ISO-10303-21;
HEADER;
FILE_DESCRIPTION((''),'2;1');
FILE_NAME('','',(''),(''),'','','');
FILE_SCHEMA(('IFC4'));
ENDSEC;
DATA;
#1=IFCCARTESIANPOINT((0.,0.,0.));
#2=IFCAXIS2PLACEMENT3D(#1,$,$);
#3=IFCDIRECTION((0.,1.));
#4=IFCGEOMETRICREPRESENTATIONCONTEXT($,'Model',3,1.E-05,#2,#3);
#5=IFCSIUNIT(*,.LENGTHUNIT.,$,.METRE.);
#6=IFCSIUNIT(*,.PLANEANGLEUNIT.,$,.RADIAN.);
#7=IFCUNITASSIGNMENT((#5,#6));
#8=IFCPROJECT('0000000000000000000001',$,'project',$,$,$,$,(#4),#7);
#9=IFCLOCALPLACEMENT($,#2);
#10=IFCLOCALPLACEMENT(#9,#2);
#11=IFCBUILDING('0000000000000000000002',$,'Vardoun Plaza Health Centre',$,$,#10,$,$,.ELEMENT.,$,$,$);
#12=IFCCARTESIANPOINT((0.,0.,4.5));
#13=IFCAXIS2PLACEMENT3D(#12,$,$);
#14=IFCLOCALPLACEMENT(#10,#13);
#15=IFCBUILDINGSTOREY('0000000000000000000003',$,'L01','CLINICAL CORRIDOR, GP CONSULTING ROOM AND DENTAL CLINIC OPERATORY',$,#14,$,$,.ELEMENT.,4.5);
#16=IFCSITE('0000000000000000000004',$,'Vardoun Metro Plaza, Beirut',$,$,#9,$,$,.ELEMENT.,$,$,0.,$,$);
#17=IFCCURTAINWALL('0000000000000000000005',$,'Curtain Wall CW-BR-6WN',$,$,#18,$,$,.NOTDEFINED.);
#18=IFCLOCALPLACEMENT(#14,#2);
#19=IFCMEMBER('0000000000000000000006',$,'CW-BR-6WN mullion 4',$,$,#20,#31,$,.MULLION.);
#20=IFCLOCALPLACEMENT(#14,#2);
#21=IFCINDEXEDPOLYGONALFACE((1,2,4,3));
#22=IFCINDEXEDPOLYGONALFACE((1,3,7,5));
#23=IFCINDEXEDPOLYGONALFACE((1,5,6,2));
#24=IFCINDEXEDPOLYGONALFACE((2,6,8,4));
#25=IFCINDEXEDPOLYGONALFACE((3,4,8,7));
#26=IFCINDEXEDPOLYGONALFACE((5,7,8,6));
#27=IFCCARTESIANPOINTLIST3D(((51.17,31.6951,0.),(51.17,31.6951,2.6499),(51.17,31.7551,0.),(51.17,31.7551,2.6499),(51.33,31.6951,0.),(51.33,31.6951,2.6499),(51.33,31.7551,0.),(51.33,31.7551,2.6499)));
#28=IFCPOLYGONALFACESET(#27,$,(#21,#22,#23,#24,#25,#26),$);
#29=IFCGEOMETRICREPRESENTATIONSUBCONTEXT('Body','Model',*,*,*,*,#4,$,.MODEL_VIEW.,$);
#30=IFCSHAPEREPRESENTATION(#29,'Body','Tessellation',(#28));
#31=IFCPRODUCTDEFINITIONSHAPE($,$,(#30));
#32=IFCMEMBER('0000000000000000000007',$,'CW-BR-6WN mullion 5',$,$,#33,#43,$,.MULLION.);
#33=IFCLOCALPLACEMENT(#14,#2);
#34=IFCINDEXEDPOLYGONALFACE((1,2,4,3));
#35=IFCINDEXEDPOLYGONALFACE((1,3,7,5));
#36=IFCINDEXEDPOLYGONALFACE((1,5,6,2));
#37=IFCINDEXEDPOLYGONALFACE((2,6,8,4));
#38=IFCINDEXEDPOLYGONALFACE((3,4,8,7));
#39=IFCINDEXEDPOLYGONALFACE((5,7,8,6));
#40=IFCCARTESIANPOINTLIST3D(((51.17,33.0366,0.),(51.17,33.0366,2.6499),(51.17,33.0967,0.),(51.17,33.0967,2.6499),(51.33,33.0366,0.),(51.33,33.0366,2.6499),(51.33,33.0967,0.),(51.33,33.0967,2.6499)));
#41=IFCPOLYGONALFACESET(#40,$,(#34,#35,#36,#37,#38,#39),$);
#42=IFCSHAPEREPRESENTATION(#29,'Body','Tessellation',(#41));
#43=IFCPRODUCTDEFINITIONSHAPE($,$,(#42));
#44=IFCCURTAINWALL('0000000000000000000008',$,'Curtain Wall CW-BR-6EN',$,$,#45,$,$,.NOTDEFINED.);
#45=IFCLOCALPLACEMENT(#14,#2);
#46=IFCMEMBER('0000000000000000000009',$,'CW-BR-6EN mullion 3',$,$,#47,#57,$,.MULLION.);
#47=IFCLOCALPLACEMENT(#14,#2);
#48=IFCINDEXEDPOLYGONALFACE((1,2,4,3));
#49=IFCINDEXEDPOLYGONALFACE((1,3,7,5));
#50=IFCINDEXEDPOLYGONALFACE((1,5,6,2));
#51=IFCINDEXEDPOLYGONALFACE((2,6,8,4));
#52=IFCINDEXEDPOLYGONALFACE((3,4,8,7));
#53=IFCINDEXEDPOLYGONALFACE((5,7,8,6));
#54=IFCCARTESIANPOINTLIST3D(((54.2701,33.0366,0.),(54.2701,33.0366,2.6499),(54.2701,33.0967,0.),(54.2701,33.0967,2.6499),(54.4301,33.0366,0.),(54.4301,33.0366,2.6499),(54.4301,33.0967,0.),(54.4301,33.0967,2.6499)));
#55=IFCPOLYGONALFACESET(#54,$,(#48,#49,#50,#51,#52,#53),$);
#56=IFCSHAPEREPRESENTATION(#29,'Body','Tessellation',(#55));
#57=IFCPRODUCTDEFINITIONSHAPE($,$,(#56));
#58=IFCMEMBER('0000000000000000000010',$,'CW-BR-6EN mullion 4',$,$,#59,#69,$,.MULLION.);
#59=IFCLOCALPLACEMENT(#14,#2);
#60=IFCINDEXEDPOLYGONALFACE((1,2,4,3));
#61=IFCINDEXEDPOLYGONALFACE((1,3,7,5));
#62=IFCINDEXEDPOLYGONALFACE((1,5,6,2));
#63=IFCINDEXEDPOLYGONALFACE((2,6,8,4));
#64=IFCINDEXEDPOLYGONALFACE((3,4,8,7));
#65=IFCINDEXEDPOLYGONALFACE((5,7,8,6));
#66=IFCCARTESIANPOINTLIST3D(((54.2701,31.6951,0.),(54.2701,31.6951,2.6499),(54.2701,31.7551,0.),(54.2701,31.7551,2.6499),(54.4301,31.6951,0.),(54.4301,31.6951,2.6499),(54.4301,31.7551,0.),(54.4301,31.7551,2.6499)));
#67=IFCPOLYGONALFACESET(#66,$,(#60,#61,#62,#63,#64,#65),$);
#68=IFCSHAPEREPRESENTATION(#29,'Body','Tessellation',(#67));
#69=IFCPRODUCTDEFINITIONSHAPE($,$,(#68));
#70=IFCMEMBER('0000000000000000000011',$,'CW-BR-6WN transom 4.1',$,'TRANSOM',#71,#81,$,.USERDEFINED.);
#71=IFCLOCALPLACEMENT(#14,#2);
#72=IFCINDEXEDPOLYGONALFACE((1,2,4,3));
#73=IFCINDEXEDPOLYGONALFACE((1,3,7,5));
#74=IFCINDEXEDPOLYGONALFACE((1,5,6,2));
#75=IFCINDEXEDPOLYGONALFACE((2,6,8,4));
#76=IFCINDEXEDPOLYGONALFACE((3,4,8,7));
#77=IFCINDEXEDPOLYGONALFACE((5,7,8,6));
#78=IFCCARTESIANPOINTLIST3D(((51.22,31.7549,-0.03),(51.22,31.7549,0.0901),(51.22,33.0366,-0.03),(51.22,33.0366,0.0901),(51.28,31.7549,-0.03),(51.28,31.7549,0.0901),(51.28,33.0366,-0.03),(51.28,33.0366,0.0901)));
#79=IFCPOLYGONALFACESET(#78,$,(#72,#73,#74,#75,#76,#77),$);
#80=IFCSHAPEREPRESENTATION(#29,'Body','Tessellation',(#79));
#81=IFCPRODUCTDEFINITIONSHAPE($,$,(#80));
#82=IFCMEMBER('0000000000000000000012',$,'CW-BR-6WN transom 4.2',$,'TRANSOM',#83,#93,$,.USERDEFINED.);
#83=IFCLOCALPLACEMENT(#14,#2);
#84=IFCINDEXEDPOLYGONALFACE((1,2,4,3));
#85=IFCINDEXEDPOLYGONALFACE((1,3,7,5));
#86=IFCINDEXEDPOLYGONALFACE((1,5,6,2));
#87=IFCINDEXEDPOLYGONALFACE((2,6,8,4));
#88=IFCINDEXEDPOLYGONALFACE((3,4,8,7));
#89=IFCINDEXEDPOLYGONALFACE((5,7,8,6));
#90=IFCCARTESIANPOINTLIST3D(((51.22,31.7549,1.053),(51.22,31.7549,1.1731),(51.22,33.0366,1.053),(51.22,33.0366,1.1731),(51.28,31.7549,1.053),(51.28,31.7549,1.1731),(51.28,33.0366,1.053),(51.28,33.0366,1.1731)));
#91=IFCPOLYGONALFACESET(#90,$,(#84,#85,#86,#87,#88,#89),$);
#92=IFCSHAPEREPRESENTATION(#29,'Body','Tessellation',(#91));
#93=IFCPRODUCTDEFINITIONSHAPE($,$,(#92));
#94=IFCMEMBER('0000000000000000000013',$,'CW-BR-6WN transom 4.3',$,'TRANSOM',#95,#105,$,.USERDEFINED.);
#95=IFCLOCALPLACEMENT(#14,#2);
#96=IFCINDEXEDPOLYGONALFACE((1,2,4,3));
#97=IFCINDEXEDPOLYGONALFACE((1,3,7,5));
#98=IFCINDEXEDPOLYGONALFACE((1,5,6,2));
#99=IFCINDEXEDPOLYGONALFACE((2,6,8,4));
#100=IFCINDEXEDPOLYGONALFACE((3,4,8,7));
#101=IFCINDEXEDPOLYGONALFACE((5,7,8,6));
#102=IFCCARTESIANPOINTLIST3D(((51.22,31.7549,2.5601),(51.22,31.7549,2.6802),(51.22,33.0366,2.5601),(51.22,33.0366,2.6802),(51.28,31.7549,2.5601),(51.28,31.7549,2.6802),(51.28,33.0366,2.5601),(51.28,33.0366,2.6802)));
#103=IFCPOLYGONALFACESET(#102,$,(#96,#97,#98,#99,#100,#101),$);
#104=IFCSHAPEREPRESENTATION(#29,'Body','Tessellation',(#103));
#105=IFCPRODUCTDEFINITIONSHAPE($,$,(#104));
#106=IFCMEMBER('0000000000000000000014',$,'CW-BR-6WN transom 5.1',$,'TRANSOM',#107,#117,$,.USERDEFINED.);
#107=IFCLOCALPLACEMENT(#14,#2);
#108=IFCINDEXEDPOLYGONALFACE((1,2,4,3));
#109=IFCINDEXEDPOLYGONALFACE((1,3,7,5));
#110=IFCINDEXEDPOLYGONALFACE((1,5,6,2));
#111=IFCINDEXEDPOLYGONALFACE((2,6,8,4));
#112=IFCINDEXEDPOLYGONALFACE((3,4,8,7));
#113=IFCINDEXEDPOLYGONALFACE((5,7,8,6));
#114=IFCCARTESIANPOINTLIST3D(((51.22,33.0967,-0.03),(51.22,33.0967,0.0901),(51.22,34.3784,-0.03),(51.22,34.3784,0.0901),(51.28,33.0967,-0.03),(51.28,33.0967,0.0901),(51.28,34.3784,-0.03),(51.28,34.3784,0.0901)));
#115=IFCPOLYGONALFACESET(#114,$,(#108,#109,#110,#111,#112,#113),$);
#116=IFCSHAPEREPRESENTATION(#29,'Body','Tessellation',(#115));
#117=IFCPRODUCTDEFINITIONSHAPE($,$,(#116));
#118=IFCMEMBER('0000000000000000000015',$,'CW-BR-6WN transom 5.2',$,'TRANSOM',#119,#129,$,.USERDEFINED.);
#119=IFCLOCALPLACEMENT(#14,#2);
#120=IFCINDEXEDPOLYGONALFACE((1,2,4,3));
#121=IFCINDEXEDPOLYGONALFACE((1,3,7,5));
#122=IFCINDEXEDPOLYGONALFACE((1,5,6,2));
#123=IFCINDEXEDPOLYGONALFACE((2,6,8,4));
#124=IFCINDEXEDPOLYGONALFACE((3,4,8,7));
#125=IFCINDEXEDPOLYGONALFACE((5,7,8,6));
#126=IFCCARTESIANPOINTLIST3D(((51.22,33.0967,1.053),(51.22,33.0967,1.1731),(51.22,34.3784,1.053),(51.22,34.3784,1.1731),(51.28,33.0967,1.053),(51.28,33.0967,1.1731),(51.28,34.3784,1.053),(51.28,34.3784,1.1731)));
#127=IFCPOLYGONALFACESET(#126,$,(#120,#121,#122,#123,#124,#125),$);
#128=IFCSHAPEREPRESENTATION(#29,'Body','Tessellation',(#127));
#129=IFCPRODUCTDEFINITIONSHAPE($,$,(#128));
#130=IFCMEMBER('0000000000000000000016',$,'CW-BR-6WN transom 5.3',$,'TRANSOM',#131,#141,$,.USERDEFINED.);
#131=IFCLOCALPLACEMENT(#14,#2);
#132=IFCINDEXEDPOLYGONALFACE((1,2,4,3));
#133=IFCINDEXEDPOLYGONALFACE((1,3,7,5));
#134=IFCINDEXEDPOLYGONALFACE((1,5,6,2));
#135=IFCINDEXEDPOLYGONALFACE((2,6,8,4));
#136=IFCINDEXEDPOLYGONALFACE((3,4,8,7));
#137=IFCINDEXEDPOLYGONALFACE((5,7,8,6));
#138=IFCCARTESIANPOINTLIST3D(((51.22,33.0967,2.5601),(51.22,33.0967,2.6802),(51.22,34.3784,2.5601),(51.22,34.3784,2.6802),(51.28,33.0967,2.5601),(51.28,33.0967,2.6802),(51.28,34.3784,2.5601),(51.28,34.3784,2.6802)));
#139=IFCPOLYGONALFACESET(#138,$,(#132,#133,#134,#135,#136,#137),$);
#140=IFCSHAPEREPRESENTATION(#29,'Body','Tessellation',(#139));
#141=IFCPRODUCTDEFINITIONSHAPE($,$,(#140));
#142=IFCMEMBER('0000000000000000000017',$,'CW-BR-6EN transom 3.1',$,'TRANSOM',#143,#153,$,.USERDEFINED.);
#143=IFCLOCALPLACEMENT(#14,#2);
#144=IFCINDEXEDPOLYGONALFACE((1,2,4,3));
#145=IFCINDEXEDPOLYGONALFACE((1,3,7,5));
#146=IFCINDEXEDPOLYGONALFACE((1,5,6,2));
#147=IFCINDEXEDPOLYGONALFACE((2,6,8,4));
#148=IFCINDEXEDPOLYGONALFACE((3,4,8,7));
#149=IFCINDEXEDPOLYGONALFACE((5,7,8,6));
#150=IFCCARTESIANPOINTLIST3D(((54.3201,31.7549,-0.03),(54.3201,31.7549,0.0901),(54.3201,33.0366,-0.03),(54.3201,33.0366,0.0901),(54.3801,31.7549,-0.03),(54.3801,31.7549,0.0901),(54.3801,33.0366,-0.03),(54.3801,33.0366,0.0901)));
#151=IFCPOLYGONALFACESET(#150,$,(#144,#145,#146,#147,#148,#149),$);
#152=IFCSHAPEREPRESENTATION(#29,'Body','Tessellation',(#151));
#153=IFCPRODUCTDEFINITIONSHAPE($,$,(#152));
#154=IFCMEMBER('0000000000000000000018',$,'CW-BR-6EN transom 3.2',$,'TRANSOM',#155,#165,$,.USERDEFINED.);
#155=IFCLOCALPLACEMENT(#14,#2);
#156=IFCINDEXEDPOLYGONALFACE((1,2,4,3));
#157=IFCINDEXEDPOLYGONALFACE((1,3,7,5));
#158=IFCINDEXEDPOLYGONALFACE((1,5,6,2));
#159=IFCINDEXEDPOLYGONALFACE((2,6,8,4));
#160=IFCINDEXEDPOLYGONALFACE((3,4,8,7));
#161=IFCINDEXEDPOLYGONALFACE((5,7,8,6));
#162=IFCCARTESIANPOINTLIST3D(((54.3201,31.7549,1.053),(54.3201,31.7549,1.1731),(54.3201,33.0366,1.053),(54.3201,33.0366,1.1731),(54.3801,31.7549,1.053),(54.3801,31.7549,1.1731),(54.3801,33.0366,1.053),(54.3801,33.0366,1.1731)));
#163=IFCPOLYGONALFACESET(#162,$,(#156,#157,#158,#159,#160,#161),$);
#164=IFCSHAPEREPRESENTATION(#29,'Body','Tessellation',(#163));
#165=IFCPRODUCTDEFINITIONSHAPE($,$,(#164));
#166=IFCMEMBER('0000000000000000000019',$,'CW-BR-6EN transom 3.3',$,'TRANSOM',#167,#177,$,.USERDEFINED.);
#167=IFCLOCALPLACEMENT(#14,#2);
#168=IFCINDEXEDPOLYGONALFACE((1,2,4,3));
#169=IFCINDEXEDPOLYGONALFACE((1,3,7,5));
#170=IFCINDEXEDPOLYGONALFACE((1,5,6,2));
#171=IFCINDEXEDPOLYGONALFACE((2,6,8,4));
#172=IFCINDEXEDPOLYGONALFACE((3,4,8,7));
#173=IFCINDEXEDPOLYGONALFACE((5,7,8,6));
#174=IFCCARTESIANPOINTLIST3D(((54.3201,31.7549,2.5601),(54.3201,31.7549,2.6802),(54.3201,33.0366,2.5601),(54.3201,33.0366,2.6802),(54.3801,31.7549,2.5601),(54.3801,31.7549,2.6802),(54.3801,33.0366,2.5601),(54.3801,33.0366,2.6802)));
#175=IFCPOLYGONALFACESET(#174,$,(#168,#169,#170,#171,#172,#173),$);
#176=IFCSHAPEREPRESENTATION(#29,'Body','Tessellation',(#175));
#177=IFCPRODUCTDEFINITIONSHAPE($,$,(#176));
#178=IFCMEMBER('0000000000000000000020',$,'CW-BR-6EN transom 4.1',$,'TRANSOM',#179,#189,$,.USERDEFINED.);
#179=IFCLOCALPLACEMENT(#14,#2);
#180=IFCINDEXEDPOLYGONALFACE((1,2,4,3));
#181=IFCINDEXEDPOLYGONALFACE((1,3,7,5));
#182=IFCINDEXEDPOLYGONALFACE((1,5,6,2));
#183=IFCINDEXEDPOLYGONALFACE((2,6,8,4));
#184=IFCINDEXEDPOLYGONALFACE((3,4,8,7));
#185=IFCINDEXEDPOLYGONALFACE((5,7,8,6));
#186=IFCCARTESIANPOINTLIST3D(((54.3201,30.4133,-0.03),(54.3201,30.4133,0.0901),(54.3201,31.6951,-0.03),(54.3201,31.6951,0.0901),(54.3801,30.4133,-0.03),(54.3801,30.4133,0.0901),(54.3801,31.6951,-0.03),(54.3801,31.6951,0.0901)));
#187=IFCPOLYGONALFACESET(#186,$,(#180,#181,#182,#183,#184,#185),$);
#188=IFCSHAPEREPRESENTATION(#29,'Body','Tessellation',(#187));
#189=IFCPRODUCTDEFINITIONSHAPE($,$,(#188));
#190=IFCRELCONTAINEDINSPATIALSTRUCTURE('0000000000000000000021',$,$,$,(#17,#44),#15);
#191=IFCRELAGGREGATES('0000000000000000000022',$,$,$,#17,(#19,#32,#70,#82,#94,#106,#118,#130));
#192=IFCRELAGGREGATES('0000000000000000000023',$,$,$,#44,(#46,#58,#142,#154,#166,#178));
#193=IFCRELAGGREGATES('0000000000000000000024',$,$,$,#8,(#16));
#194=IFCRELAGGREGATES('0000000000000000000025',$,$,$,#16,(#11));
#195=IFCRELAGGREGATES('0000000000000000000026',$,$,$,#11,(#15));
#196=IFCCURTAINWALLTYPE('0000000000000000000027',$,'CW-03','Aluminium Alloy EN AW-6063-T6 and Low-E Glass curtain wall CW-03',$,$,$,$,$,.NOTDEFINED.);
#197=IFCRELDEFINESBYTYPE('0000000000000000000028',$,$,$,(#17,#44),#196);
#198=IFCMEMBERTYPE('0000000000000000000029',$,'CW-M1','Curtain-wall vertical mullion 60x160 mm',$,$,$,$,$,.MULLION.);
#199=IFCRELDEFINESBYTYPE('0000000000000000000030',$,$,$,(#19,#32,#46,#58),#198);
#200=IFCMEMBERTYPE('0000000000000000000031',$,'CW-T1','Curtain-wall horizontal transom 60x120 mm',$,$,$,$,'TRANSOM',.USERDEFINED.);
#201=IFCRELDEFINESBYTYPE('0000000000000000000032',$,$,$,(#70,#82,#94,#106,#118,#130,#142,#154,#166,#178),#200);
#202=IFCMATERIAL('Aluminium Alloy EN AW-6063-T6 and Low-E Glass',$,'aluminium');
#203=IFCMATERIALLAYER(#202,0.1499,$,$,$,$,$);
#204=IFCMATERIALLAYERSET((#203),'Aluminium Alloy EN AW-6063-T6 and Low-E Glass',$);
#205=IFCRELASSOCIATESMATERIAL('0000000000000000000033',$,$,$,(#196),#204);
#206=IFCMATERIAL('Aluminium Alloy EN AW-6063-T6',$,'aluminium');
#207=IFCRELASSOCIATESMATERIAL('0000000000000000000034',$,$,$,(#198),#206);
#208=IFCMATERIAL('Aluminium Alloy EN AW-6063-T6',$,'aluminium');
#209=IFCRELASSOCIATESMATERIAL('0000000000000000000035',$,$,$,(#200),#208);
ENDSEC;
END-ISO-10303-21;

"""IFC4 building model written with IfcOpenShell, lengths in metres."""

from ifc_helpers import new_model, si_unit, direction, frame, origin, origin_2d, place, context, subcontext, project, spatial, rectangle, extrude, material, layer, layer_set, material_profile, profile_set, type_object, element, aggregate, save


model = new_model("IFC4")

# Units and contexts
model_context = context("Model", 3, precision=1e-05, world=origin(), true_north=direction((0.0, 1.0)))
body_context = subcontext(model_context, "Body", "Model", "MODEL_VIEW")
ifc_project = project(units=[si_unit("LENGTHUNIT", "METRE"), si_unit("PLANEANGLEUNIT", "RADIAN")], contexts=[model_context])

# Site, building, storey
site_placement = place(None, origin())
site = spatial("IfcSite", under=ifc_project, at=site_placement, Name="Vardoun Metro Plaza, Beirut", CompositionType="ELEMENT", RefElevation=0.0)
building_placement = place(site_placement, origin())
building = spatial("IfcBuilding", under=site, at=building_placement, Name="Vardoun Plaza Health Centre", CompositionType="ELEMENT")
storey_placement = place(building_placement, frame((0.0, 0.0, 4.5)))
storey = spatial("IfcBuildingStorey", under=building, at=storey_placement, Name="L01", Description="CLINICAL CORRIDOR, GP CONSULTING ROOM AND DENTAL CLINIC OPERATORY", CompositionType="ELEMENT", Elevation=4.5)

# Curtain walls, members
ifc_material_1 = material(Name="Aluminium Alloy EN AW-6063-T6 and Low-E Glass", Category="aluminium")
ifc_layer_1 = layer(ifc_material_1, 0.1499)
ifc_layer_set_1 = layer_set([ifc_layer_1], Name="Aluminium Alloy EN AW-6063-T6 and Low-E Glass")
curtain_wall_type = type_object("IfcCurtainWallType", Name="CW-03", Description="Aluminium Alloy EN AW-6063-T6 and Low-E Glass curtain wall CW-03", PredefinedType="NOTDEFINED", material=ifc_layer_set_1)
curtain_wall_1_placement = place(storey_placement, origin())
curtain_wall_1 = element("IfcCurtainWall", 1, at=curtain_wall_1_placement, inside=storey, type_object=curtain_wall_type, Name="Curtain Wall CW-BR-6WN", PredefinedType="NOTDEFINED")
ifc_material_2 = material(Name="Aluminium Alloy EN AW-6063-T6", Category="aluminium")
ifc_material_profile_1 = material_profile(ifc_material_2, rectangle(XDim=0.1599, YDim=0.0601, at=origin_2d()), Name="CWM 60x160")
ifc_profile_set_1 = profile_set([ifc_material_profile_1], Name="Aluminium Alloy EN AW-6063-T6")
member_type_1 = type_object("IfcMemberType", Name="CW-M1", Description="Curtain-wall vertical mullion 60x160 mm", PredefinedType="MULLION", material=ifc_profile_set_1)
member_1_placement = place(storey_placement, frame((51.25, 31.7251, 0.0), z_axis=(0.0, 0.0, 1.0), x_axis=(-1.0, 0.0, 0.0)))
member_1 = element("IfcMember", 2, at=member_1_placement, type_object=member_type_1, Name="CW-BR-6WN mullion 4", PredefinedType="MULLION", context=body_context, shape_type="SweptSolid", body=[
    extrude(rectangle(XDim=0.1599, YDim=0.0601, at=origin_2d()), origin(), (0.0, 0.0, 1.0), 2.6499),
])
member_2_placement = place(storey_placement, frame((51.25, 33.0667, 0.0), z_axis=(0.0, 0.0, 1.0), x_axis=(-1.0, 0.0, 0.0)))
member_2 = element("IfcMember", 3, at=member_2_placement, type_object=member_type_1, Name="CW-BR-6WN mullion 5", PredefinedType="MULLION", context=body_context, shape_type="SweptSolid", body=[
    extrude(rectangle(XDim=0.1599, YDim=0.0601, at=origin_2d()), origin(), (0.0, 0.0, 1.0), 2.6499),
])
curtain_wall_2_placement = place(storey_placement, origin())
curtain_wall_2 = element("IfcCurtainWall", 4, at=curtain_wall_2_placement, inside=storey, type_object=curtain_wall_type, Name="Curtain Wall CW-BR-6EN", PredefinedType="NOTDEFINED")
member_3_placement = place(storey_placement, frame((54.3501, 33.0667, 0.0), z_axis=(0.0, 0.0, 1.0), x_axis=(1.0, 0.0, 0.0)))
member_3 = element("IfcMember", 5, at=member_3_placement, type_object=member_type_1, Name="CW-BR-6EN mullion 3", PredefinedType="MULLION", context=body_context, shape_type="SweptSolid", body=[
    extrude(rectangle(XDim=0.1599, YDim=0.0601, at=origin_2d()), origin(), (0.0, 0.0, 1.0), 2.6499),
])
member_4_placement = place(storey_placement, frame((54.3501, 31.7251, 0.0), z_axis=(0.0, 0.0, 1.0), x_axis=(1.0, 0.0, 0.0)))
member_4 = element("IfcMember", 6, at=member_4_placement, type_object=member_type_1, Name="CW-BR-6EN mullion 4", PredefinedType="MULLION", context=body_context, shape_type="SweptSolid", body=[
    extrude(rectangle(XDim=0.1599, YDim=0.0601, at=origin_2d()), origin(), (0.0, 0.0, 1.0), 2.6499),
])

# Members
ifc_material_3 = material(Name="Aluminium Alloy EN AW-6063-T6", Category="aluminium")
ifc_material_profile_2 = material_profile(ifc_material_3, rectangle(XDim=0.0601, YDim=0.1201, at=origin_2d()), Name="CWT 60x120")
ifc_profile_set_2 = profile_set([ifc_material_profile_2], Name="Aluminium Alloy EN AW-6063-T6")
member_type_2 = type_object("IfcMemberType", Name="CW-T1", Description="Curtain-wall horizontal transom 60x120 mm", ElementType="TRANSOM", PredefinedType="USERDEFINED", material=ifc_profile_set_2)
member_5_placement = place(storey_placement, frame((51.25, 31.7549, 0.03), z_axis=(0.0, 1.0, 0.0), x_axis=(-1.0, 0.0, 0.0)))
member_5 = element("IfcMember", 7, at=member_5_placement, type_object=member_type_2, Name="CW-BR-6WN transom 4.1", ObjectType="TRANSOM", PredefinedType="USERDEFINED", context=body_context, shape_type="SweptSolid", body=[
    extrude(rectangle(XDim=0.0601, YDim=0.1201, at=origin_2d()), origin(), (0.0, 0.0, 1.0), 1.2817),
])
member_6_placement = place(storey_placement, frame((51.25, 31.7549, 1.113), z_axis=(0.0, 1.0, 0.0), x_axis=(-1.0, 0.0, 0.0)))
member_6 = element("IfcMember", 8, at=member_6_placement, type_object=member_type_2, Name="CW-BR-6WN transom 4.2", ObjectType="TRANSOM", PredefinedType="USERDEFINED", context=body_context, shape_type="SweptSolid", body=[
    extrude(rectangle(XDim=0.0601, YDim=0.1201, at=origin_2d()), origin(), (0.0, 0.0, 1.0), 1.2817),
])
member_7_placement = place(storey_placement, frame((51.25, 31.7549, 2.6201), z_axis=(0.0, 1.0, 0.0), x_axis=(-1.0, 0.0, 0.0)))
member_7 = element("IfcMember", 9, at=member_7_placement, type_object=member_type_2, Name="CW-BR-6WN transom 4.3", ObjectType="TRANSOM", PredefinedType="USERDEFINED", context=body_context, shape_type="SweptSolid", body=[
    extrude(rectangle(XDim=0.0601, YDim=0.1201, at=origin_2d()), origin(), (0.0, 0.0, 1.0), 1.2817),
])
member_8_placement = place(storey_placement, frame((51.25, 33.0967, 0.03), z_axis=(0.0, 1.0, 0.0), x_axis=(-1.0, 0.0, 0.0)))
member_8 = element("IfcMember", 10, at=member_8_placement, type_object=member_type_2, Name="CW-BR-6WN transom 5.1", ObjectType="TRANSOM", PredefinedType="USERDEFINED", context=body_context, shape_type="SweptSolid", body=[
    extrude(rectangle(XDim=0.0601, YDim=0.1201, at=origin_2d()), origin(), (0.0, 0.0, 1.0), 1.2817),
])
member_9_placement = place(storey_placement, frame((51.25, 33.0967, 1.113), z_axis=(0.0, 1.0, 0.0), x_axis=(-1.0, 0.0, 0.0)))
member_9 = element("IfcMember", 11, at=member_9_placement, type_object=member_type_2, Name="CW-BR-6WN transom 5.2", ObjectType="TRANSOM", PredefinedType="USERDEFINED", context=body_context, shape_type="SweptSolid", body=[
    extrude(rectangle(XDim=0.0601, YDim=0.1201, at=origin_2d()), origin(), (0.0, 0.0, 1.0), 1.2817),
])
member_10_placement = place(storey_placement, frame((51.25, 33.0967, 2.6201), z_axis=(0.0, 1.0, 0.0), x_axis=(-1.0, 0.0, 0.0)))
member_10 = element("IfcMember", 12, at=member_10_placement, type_object=member_type_2, Name="CW-BR-6WN transom 5.3", ObjectType="TRANSOM", PredefinedType="USERDEFINED", context=body_context, shape_type="SweptSolid", body=[
    extrude(rectangle(XDim=0.0601, YDim=0.1201, at=origin_2d()), origin(), (0.0, 0.0, 1.0), 1.2817),
])
member_11_placement = place(storey_placement, frame((54.3501, 33.0366, 0.03), z_axis=(0.0, -1.0, 0.0), x_axis=(1.0, 0.0, 0.0)))
member_11 = element("IfcMember", 13, at=member_11_placement, type_object=member_type_2, Name="CW-BR-6EN transom 3.1", ObjectType="TRANSOM", PredefinedType="USERDEFINED", context=body_context, shape_type="SweptSolid", body=[
    extrude(rectangle(XDim=0.0601, YDim=0.1201, at=origin_2d()), origin(), (0.0, 0.0, 1.0), 1.2817),
])
member_12_placement = place(storey_placement, frame((54.3501, 33.0366, 1.113), z_axis=(0.0, -1.0, 0.0), x_axis=(1.0, 0.0, 0.0)))
member_12 = element("IfcMember", 14, at=member_12_placement, type_object=member_type_2, Name="CW-BR-6EN transom 3.2", ObjectType="TRANSOM", PredefinedType="USERDEFINED", context=body_context, shape_type="SweptSolid", body=[
    extrude(rectangle(XDim=0.0601, YDim=0.1201, at=origin_2d()), origin(), (0.0, 0.0, 1.0), 1.2817),
])
member_13_placement = place(storey_placement, frame((54.3501, 33.0366, 2.6201), z_axis=(0.0, -1.0, 0.0), x_axis=(1.0, 0.0, 0.0)))
member_13 = element("IfcMember", 15, at=member_13_placement, type_object=member_type_2, Name="CW-BR-6EN transom 3.3", ObjectType="TRANSOM", PredefinedType="USERDEFINED", context=body_context, shape_type="SweptSolid", body=[
    extrude(rectangle(XDim=0.0601, YDim=0.1201, at=origin_2d()), origin(), (0.0, 0.0, 1.0), 1.2817),
])
member_14_placement = place(storey_placement, frame((54.3501, 31.6951, 0.03), z_axis=(0.0, -1.0, 0.0), x_axis=(1.0, 0.0, 0.0)))
member_14 = element("IfcMember", 16, at=member_14_placement, type_object=member_type_2, Name="CW-BR-6EN transom 4.1", ObjectType="TRANSOM", PredefinedType="USERDEFINED", context=body_context, shape_type="SweptSolid", body=[
    extrude(rectangle(XDim=0.0601, YDim=0.1201, at=origin_2d()), origin(), (0.0, 0.0, 1.0), 1.2817),
])

aggregate(curtain_wall_1, [member_1, member_2, member_5, member_6, member_7, member_8, member_9, member_10])
aggregate(curtain_wall_2, [member_3, member_4, member_11, member_12, member_13, member_14])

save(model, "model.ifc")
